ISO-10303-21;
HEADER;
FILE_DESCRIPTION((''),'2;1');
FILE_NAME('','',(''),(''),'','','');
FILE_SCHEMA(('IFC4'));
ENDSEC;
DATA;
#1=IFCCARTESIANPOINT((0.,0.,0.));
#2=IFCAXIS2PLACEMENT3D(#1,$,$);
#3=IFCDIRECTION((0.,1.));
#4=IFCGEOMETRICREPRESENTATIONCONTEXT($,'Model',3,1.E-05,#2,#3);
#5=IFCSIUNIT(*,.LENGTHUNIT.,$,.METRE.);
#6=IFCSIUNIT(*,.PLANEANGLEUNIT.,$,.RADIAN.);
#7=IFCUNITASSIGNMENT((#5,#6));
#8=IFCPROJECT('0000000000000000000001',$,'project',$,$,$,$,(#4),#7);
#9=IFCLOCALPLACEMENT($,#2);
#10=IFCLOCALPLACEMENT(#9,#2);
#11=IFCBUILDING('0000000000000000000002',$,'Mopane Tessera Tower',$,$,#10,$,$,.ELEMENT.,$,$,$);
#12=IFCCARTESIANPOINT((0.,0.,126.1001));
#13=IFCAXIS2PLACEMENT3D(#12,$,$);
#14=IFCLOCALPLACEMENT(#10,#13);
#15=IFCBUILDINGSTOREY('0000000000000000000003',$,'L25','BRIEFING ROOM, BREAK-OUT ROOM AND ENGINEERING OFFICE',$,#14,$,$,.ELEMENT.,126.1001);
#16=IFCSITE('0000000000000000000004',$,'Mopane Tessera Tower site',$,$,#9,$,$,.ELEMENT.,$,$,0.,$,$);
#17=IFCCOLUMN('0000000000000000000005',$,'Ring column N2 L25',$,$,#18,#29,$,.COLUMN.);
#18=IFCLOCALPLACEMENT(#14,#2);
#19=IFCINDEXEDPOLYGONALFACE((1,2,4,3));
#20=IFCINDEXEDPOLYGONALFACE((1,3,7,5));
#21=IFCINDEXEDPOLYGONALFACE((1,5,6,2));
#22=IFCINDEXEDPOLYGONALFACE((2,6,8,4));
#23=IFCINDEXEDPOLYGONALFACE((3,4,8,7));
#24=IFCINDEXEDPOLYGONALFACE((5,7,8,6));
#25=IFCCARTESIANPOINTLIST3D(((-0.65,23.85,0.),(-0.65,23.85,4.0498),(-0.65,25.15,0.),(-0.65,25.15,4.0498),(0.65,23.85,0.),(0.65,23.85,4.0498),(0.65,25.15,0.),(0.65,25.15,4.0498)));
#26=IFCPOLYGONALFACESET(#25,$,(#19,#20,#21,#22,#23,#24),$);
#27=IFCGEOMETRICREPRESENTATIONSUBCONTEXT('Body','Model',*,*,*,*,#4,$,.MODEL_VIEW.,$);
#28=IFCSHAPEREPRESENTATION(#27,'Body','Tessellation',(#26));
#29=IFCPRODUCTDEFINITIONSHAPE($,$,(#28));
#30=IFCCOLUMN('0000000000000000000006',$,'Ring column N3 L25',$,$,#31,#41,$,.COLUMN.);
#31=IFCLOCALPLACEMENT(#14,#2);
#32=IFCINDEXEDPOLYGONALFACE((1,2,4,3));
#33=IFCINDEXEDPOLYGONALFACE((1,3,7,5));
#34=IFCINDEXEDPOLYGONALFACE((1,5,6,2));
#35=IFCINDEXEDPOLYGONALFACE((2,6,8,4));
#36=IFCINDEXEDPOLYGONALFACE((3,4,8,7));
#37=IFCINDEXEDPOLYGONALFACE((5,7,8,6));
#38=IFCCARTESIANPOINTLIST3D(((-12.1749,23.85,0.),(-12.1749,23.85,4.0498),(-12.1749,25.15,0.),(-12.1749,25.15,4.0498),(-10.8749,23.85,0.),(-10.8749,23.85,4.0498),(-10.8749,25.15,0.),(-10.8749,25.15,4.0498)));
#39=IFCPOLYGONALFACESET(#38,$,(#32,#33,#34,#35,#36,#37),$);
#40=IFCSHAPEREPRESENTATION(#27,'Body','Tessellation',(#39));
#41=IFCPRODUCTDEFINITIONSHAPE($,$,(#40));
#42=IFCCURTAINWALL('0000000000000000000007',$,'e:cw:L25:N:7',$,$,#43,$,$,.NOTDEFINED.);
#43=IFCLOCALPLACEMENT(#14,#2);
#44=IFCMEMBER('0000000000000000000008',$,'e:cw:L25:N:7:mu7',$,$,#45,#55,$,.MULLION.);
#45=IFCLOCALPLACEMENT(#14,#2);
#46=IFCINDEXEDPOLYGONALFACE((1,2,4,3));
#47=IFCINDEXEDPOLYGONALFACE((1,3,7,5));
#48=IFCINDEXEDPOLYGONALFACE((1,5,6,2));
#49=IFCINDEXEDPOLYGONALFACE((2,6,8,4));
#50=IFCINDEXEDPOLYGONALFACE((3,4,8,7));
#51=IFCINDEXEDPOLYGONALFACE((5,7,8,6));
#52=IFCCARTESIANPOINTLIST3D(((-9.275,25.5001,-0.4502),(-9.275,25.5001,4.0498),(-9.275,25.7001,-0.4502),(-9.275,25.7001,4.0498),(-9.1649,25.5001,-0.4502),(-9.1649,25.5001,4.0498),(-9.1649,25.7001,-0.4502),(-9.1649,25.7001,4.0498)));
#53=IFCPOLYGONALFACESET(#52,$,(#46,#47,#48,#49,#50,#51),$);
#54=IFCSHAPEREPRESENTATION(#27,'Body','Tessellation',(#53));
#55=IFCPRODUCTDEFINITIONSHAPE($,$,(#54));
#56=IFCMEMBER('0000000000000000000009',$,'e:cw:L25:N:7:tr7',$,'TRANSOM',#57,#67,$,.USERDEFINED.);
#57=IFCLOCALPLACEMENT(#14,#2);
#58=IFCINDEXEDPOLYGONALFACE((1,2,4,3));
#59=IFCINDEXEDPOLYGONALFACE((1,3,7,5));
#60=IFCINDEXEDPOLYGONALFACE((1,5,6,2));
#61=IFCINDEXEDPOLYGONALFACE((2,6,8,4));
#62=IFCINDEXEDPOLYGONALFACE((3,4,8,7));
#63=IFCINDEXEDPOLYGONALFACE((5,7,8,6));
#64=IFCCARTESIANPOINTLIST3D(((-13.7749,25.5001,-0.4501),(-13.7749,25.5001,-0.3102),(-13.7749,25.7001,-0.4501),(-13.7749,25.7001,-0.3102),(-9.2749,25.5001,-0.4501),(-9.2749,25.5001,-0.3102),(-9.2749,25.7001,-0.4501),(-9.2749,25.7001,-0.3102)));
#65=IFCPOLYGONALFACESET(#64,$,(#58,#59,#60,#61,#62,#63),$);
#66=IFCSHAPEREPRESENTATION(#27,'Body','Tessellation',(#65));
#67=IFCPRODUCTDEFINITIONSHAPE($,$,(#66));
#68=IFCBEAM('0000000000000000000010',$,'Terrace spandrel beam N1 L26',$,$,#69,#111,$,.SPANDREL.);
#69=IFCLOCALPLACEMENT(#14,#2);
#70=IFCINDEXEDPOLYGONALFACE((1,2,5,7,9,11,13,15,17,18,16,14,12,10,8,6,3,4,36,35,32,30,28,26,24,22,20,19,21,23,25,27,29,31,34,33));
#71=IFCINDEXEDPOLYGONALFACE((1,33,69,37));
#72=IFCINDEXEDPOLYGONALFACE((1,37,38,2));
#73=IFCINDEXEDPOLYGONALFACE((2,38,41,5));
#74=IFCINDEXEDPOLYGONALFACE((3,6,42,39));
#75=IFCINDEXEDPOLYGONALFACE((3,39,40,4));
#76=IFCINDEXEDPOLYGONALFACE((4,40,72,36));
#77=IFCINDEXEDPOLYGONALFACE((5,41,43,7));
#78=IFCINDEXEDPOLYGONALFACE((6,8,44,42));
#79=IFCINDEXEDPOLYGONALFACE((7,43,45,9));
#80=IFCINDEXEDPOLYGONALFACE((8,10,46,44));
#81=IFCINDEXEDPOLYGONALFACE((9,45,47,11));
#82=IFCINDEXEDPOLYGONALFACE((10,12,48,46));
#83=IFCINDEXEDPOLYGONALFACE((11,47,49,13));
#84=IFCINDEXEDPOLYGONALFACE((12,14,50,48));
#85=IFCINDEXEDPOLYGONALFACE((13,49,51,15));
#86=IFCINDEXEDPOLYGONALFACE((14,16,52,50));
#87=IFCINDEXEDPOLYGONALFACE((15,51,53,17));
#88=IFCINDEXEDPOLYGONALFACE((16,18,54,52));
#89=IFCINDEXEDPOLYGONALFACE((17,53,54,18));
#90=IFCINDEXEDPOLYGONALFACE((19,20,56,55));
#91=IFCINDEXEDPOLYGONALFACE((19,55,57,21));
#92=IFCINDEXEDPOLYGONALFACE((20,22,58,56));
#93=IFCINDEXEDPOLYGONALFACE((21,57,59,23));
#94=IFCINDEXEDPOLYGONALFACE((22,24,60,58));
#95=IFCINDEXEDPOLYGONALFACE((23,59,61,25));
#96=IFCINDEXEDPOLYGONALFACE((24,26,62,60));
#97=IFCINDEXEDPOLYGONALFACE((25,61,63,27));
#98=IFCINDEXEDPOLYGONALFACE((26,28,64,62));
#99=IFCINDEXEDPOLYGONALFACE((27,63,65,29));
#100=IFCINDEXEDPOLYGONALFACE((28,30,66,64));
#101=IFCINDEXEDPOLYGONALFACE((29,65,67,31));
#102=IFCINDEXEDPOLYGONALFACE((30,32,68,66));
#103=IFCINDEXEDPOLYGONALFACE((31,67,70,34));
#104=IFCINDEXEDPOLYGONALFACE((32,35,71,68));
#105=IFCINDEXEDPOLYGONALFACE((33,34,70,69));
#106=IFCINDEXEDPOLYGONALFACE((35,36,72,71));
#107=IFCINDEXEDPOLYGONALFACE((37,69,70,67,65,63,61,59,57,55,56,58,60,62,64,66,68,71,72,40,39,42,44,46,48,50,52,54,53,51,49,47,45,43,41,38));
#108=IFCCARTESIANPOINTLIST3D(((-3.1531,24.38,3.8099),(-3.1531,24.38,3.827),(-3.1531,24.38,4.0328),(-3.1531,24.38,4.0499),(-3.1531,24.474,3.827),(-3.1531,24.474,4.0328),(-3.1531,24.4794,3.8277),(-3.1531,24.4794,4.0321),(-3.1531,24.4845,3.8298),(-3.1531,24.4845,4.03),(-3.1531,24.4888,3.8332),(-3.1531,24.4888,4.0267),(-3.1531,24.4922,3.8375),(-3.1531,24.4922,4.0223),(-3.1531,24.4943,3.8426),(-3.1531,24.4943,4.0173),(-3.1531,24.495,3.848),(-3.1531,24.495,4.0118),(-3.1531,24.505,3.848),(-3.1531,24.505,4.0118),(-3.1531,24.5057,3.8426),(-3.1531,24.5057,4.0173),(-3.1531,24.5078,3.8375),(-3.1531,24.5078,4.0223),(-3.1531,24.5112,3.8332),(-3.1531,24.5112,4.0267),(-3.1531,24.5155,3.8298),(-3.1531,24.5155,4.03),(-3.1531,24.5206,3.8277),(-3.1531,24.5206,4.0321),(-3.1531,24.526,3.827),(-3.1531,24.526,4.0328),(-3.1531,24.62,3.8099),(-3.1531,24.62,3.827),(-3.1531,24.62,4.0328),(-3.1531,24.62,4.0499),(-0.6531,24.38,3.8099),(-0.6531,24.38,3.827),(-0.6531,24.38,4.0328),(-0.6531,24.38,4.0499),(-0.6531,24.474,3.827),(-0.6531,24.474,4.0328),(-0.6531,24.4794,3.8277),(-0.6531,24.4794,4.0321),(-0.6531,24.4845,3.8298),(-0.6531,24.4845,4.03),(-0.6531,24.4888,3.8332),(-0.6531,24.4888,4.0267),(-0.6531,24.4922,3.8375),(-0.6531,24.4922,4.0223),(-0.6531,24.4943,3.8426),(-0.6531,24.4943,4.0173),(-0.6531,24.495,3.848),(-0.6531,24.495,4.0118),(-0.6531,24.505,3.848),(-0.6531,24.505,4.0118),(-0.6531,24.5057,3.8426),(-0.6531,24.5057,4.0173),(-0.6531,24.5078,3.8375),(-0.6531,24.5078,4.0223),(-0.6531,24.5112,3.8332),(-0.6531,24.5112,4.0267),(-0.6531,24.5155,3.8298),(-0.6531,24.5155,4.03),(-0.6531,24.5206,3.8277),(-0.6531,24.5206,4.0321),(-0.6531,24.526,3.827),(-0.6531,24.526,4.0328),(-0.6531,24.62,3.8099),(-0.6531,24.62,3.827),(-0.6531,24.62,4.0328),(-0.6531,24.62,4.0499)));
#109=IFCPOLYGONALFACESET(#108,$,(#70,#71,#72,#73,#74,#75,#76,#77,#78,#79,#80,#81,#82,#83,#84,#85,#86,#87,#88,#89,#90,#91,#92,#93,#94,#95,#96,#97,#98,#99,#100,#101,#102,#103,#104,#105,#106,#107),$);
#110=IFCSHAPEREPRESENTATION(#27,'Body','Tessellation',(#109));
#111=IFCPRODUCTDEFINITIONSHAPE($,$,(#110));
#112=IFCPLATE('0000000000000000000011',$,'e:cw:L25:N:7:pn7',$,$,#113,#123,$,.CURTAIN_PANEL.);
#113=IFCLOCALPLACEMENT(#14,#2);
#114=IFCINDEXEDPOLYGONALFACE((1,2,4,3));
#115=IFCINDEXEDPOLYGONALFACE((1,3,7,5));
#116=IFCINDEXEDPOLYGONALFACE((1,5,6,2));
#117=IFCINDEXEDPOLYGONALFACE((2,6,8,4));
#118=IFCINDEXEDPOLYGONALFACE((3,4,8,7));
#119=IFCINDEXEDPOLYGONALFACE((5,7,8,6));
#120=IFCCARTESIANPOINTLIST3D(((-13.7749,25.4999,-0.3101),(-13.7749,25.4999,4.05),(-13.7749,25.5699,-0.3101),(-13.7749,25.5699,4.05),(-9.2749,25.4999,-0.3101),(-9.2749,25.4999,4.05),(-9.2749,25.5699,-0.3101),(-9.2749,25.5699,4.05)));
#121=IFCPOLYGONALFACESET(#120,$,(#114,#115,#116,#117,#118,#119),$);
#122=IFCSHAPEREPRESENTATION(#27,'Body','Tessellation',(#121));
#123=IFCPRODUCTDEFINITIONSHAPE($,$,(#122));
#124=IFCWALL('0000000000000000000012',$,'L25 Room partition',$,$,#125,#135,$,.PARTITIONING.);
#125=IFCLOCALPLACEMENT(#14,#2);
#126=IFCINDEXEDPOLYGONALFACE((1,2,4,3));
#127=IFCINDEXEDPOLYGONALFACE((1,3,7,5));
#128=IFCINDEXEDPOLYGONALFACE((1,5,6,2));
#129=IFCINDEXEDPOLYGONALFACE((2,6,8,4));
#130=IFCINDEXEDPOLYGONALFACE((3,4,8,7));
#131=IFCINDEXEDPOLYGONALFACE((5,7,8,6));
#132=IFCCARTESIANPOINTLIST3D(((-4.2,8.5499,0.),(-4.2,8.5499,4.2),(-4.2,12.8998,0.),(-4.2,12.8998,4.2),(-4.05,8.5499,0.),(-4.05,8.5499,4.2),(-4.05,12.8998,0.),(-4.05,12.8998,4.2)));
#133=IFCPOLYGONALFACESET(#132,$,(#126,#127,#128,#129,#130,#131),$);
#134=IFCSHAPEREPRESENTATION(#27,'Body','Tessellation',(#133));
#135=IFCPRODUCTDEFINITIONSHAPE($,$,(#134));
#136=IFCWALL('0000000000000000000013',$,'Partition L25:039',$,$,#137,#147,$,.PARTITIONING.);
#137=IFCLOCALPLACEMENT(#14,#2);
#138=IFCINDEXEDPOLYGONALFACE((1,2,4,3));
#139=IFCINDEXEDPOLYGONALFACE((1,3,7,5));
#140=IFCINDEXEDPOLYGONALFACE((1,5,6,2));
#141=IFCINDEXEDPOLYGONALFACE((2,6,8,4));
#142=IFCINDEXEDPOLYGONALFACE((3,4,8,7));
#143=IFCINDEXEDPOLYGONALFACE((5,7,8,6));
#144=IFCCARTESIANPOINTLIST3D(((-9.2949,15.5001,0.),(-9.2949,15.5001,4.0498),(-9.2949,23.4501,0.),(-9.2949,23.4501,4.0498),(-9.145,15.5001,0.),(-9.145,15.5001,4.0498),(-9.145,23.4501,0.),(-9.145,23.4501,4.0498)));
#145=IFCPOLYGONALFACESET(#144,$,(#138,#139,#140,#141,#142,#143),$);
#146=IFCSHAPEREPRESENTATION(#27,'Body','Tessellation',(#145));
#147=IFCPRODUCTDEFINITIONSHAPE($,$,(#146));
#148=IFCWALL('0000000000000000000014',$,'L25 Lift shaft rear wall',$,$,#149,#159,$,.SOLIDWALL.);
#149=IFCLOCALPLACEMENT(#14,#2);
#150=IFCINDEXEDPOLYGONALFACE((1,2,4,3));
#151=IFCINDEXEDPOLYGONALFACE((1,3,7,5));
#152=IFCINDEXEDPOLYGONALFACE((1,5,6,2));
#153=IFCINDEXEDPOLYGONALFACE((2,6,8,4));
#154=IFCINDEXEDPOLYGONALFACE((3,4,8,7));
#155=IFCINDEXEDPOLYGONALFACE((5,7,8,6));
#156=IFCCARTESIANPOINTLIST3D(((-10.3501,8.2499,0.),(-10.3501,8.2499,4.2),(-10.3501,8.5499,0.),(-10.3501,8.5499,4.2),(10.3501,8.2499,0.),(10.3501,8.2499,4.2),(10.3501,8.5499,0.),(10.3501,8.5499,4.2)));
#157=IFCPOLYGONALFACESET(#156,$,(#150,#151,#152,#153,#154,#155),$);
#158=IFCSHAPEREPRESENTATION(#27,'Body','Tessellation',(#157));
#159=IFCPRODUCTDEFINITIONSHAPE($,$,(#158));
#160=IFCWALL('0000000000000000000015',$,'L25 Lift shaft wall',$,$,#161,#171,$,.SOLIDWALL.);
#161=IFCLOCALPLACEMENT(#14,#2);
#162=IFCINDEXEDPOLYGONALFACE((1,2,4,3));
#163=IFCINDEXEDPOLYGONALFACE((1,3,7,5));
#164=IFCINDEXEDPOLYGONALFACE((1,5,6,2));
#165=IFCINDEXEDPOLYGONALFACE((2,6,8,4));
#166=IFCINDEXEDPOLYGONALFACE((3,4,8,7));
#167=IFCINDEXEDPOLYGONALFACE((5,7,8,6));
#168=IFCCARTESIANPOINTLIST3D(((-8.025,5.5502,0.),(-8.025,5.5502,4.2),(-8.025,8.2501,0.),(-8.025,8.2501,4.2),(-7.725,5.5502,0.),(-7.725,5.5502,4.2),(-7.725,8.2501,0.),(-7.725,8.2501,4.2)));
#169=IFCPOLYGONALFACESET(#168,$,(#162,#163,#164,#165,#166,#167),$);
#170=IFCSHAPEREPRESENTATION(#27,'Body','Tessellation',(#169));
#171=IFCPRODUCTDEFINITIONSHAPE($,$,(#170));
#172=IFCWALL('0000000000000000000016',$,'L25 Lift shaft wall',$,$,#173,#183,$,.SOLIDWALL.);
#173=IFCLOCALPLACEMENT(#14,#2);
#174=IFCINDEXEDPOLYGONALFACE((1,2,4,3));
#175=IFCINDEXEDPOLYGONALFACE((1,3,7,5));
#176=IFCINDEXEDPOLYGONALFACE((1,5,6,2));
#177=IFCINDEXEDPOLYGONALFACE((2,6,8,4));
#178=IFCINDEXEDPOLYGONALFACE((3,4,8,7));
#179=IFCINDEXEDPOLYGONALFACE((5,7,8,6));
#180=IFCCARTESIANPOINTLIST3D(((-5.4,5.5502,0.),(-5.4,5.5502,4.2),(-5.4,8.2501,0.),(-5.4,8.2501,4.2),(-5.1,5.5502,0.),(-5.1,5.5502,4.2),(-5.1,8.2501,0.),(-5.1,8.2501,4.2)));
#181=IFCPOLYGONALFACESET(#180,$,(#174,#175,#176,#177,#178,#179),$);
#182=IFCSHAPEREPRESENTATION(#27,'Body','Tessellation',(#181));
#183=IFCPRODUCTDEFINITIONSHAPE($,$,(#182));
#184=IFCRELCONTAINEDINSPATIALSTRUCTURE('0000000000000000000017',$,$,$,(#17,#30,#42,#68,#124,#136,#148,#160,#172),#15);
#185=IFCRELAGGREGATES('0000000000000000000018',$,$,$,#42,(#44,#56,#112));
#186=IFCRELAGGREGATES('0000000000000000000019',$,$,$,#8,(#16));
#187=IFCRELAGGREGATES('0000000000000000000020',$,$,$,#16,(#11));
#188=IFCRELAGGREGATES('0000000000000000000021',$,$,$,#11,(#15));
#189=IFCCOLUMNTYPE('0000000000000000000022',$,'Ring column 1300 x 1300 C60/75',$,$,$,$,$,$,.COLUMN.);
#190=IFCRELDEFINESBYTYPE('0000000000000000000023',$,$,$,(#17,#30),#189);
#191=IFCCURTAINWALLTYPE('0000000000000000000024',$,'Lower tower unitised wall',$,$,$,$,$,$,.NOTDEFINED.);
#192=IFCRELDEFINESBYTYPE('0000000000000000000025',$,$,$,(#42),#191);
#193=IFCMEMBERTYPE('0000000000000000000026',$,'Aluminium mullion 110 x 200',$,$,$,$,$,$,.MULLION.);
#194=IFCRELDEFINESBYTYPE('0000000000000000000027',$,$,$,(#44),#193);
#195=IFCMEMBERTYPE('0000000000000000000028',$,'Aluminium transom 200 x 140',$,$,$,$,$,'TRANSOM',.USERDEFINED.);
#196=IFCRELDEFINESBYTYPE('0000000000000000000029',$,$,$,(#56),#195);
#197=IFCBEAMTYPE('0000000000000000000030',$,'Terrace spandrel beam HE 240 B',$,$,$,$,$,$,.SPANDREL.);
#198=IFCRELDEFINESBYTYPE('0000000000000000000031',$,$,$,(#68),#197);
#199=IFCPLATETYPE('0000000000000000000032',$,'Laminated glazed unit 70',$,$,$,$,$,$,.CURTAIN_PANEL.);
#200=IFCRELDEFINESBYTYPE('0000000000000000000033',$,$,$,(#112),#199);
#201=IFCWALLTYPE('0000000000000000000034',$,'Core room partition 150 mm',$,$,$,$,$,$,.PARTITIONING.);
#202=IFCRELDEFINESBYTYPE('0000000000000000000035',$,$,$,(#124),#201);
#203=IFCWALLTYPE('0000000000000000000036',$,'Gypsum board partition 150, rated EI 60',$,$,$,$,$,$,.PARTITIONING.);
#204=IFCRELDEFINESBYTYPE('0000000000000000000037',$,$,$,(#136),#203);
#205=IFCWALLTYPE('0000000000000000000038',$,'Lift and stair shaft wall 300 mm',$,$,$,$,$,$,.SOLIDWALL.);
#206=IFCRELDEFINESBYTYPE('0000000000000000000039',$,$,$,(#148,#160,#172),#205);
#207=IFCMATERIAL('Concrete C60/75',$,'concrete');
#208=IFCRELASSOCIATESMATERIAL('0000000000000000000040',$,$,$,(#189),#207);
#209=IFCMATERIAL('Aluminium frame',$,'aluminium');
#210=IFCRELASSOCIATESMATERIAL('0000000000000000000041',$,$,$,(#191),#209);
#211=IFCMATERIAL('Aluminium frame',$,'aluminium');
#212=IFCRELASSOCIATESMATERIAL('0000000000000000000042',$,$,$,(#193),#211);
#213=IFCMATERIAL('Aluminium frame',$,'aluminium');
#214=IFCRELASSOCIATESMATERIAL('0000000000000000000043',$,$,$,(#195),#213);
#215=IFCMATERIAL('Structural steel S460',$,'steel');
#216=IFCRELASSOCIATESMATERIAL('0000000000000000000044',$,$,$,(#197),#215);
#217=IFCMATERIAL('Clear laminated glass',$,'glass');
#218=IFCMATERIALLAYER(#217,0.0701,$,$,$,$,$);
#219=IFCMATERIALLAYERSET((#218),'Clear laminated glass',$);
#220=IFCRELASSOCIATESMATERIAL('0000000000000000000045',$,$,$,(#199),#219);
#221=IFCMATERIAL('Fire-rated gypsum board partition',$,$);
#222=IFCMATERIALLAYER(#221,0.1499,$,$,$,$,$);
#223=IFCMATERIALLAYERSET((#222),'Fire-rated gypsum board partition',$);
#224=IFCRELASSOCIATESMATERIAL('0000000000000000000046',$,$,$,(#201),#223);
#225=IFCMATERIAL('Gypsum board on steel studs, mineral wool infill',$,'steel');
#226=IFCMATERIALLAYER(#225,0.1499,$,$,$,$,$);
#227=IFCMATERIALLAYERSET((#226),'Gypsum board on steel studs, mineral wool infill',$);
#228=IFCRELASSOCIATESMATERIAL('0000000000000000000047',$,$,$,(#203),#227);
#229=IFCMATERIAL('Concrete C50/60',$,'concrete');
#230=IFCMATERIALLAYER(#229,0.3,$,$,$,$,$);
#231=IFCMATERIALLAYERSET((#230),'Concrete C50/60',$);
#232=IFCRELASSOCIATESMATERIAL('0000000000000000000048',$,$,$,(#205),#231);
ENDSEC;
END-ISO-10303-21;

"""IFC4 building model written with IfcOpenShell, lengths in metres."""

from ifc_helpers import new_model, si_unit, direction, frame, frame_2d, origin, origin_2d, place, context, subcontext, project, spatial, rectangle, i_section, extrude, material, layer, layer_set, material_profile, profile_set, type_object, element, aggregate, save


model = new_model("IFC4")

# Units and contexts
model_context = context("Model", 3, precision=1e-05, world=origin(), true_north=direction((0.0, 1.0)))
body_context = subcontext(model_context, "Body", "Model", "MODEL_VIEW")
ifc_project = project(units=[si_unit("LENGTHUNIT", "METRE"), si_unit("PLANEANGLEUNIT", "RADIAN")], contexts=[model_context])

# Site, building, storey
site_placement = place(None, origin())
site = spatial("IfcSite", under=ifc_project, at=site_placement, Name="Mopane Tessera Tower site", CompositionType="ELEMENT", RefElevation=0.0)
building_placement = place(site_placement, origin())
building = spatial("IfcBuilding", under=site, at=building_placement, Name="Mopane Tessera Tower", CompositionType="ELEMENT")
storey_placement = place(building_placement, frame((0.0, 0.0, 126.1001)))
storey = spatial("IfcBuildingStorey", under=building, at=storey_placement, Name="L25", Description="BRIEFING ROOM, BREAK-OUT ROOM AND ENGINEERING OFFICE", CompositionType="ELEMENT", Elevation=126.1001)

# Columns
ifc_material_1 = material(Name="Concrete C60/75", Category="concrete")
ifc_material_profile_1 = material_profile(ifc_material_1, rectangle(XDim=1.3, YDim=1.3, at=origin_2d()))
ifc_profile_set_1 = profile_set([ifc_material_profile_1], Name="Concrete C60/75")
column_type = type_object("IfcColumnType", Name="Ring column 1300 x 1300 C60/75", PredefinedType="COLUMN", material=ifc_profile_set_1)
for number, where, z_axis, x_axis, name in (
    (1, (0.0, 24.5, 0.0), (0.0, 0.0, 1.0), (1.0, 0.0, 0.0), "Ring column N2 L25"),
    (2, (-11.5249, 24.5, 0.0), (0.0, 0.0, 1.0), (1.0, 0.0, 0.0), "Ring column N3 L25"),
):
    element("IfcColumn", number, at=place(storey_placement, frame(where, z_axis=z_axis, x_axis=x_axis)), inside=storey, type_object=column_type, Name=name, PredefinedType="COLUMN", context=body_context, shape_type="SweptSolid", body=[
        extrude(rectangle(XDim=1.3, YDim=1.3, at=origin_2d()), origin(), (0.0, 0.0, 1.0), 4.0498),
    ])

# Curtain wall, members
ifc_material_2 = material(Name="Aluminium frame", Category="aluminium")
curtain_wall_type = type_object("IfcCurtainWallType", Name="Lower tower unitised wall", PredefinedType="NOTDEFINED", material=ifc_material_2)
curtain_wall_placement = place(storey_placement, origin())
curtain_wall = element("IfcCurtainWall", 3, at=curtain_wall_placement, inside=storey, type_object=curtain_wall_type, Name="e:cw:L25:N:7", PredefinedType="NOTDEFINED")
ifc_material_3 = material(Name="Aluminium frame", Category="aluminium")
ifc_material_profile_2 = material_profile(ifc_material_3, rectangle(XDim=0.1101, YDim=0.2, at=origin_2d()))
ifc_profile_set_2 = profile_set([ifc_material_profile_2], Name="Aluminium frame")
member_type_1 = type_object("IfcMemberType", Name="Aluminium mullion 110 x 200", PredefinedType="MULLION", material=ifc_profile_set_2)
member_1_placement = place(storey_placement, frame((-9.22, 25.6001, -0.4502), z_axis=(0.0, 0.0, 1.0), x_axis=(-1.0, 0.0, 0.0)))
member_1 = element("IfcMember", 4, at=member_1_placement, type_object=member_type_1, Name="e:cw:L25:N:7:mu7", PredefinedType="MULLION", context=body_context, shape_type="SweptSolid", body=[
    extrude(rectangle(XDim=0.1101, YDim=0.2, at=origin_2d()), origin(), (0.0, 0.0, 1.0), 4.5),
])
ifc_material_4 = material(Name="Aluminium frame", Category="aluminium")
ifc_material_profile_3 = material_profile(ifc_material_4, rectangle(XDim=0.2, YDim=0.1399, at=origin_2d()))
ifc_profile_set_3 = profile_set([ifc_material_profile_3], Name="Aluminium frame")
member_type_2 = type_object("IfcMemberType", Name="Aluminium transom 200 x 140", ElementType="TRANSOM", PredefinedType="USERDEFINED", material=ifc_profile_set_3)
member_2_placement = place(storey_placement, frame((-9.2749, 25.6001, -0.3801), z_axis=(-1.0, 0.0, 0.0), x_axis=(0.0, -1.0, 0.0)))
member_2 = element("IfcMember", 5, at=member_2_placement, type_object=member_type_2, Name="e:cw:L25:N:7:tr7", ObjectType="TRANSOM", PredefinedType="USERDEFINED", context=body_context, shape_type="SweptSolid", body=[
    extrude(rectangle(XDim=0.2, YDim=0.1399, at=origin_2d()), origin(), (0.0, 0.0, 1.0), 4.5),
])

# Beam
ifc_material_5 = material(Name="Structural steel S460", Category="steel")
ifc_material_profile_4 = material_profile(ifc_material_5, i_section(OverallWidth=0.24, OverallDepth=0.24, WebThickness=0.01, FlangeThickness=0.0171, FilletRadius=0.021, at=origin_2d()))
ifc_profile_set_4 = profile_set([ifc_material_profile_4], Name="Structural steel S460")
beam_type = type_object("IfcBeamType", Name="Terrace spandrel beam HE 240 B", PredefinedType="SPANDREL", material=ifc_profile_set_4)
beam_placement = place(storey_placement, frame((-0.6531, 24.5, 3.9299), z_axis=(-1.0, 0.0, 0.0), x_axis=(0.0, -1.0, 0.0)))
element("IfcBeam", 6, at=beam_placement, inside=storey, type_object=beam_type, Name="Terrace spandrel beam N1 L26", PredefinedType="SPANDREL", context=body_context, shape_type="SweptSolid", body=[
    extrude(i_section(OverallWidth=0.24, OverallDepth=0.24, WebThickness=0.01, FlangeThickness=0.0171, FilletRadius=0.021, at=origin_2d()), origin(), (0.0, 0.0, 1.0), 2.5),
])

# Plate
ifc_material_6 = material(Name="Clear laminated glass", Category="glass")
ifc_layer_1 = layer(ifc_material_6, 0.0701)
ifc_layer_set_1 = layer_set([ifc_layer_1], Name="Clear laminated glass")
plate_type = type_object("IfcPlateType", Name="Laminated glazed unit 70", PredefinedType="CURTAIN_PANEL", material=ifc_layer_set_1)
plate_placement = place(storey_placement, frame((-11.5249, 25.5349, -0.3101), z_axis=(0.0, 0.0, 1.0), x_axis=(-1.0, 0.0, 0.0)))
plate = element("IfcPlate", 7, at=plate_placement, type_object=plate_type, Name="e:cw:L25:N:7:pn7", PredefinedType="CURTAIN_PANEL", context=body_context, shape_type="SweptSolid", body=[
    extrude(rectangle(XDim=4.5, YDim=0.0701, at=origin_2d()), origin(), (0.0, 0.0, 1.0), 4.3601),
])
aggregate(curtain_wall, [member_1, member_2, plate])

# Walls
ifc_material_7 = material(Name="Fire-rated gypsum board partition")
ifc_layer_2 = layer(ifc_material_7, 0.1499)
ifc_layer_set_2 = layer_set([ifc_layer_2], Name="Fire-rated gypsum board partition")
wall_type_1 = type_object("IfcWallType", Name="Core room partition 150 mm", PredefinedType="PARTITIONING", material=ifc_layer_set_2)
wall_1_placement = place(storey_placement, frame((-4.125, 8.55, 0.0), z_axis=(0.0, 0.0, 1.0), x_axis=(0.0, 1.0, 0.0)))
element("IfcWall", 8, at=wall_1_placement, inside=storey, type_object=wall_type_1, Name="L25 Room partition", PredefinedType="PARTITIONING", context=body_context, shape_type="SweptSolid", body=[
    extrude(rectangle(XDim=4.3499, YDim=0.1499, at=frame_2d((2.1748, 0.0))), origin(), (0.0, 0.0, 1.0), 4.2),
])
ifc_material_8 = material(Name="Gypsum board on steel studs, mineral wool infill", Category="steel")
ifc_layer_3 = layer(ifc_material_8, 0.1499)
ifc_layer_set_3 = layer_set([ifc_layer_3], Name="Gypsum board on steel studs, mineral wool infill")
wall_type_2 = type_object("IfcWallType", Name="Gypsum board partition 150, rated EI 60", PredefinedType="PARTITIONING", material=ifc_layer_set_3)
wall_2_placement = place(storey_placement, frame((-9.22, 15.5, 0.0), z_axis=(0.0, 0.0, 1.0), x_axis=(0.0, 1.0, 0.0)))
element("IfcWall", 9, at=wall_2_placement, inside=storey, type_object=wall_type_2, Name="Partition L25:039", PredefinedType="PARTITIONING", context=body_context, shape_type="SweptSolid", body=[
    extrude(rectangle(XDim=7.95, YDim=0.1499, at=frame_2d((3.9751, 0.0))), origin(), (0.0, 0.0, 1.0), 4.0498),
])
ifc_material_9 = material(Name="Concrete C50/60", Category="concrete")
ifc_layer_4 = layer(ifc_material_9, 0.3)
ifc_layer_set_4 = layer_set([ifc_layer_4], Name="Concrete C50/60")
wall_type_3 = type_object("IfcWallType", Name="Lift and stair shaft wall 300 mm", PredefinedType="SOLIDWALL", material=ifc_layer_set_4)
wall_3_placement = place(storey_placement, frame((-10.3501, 8.3999, 0.0), z_axis=(0.0, 0.0, 1.0), x_axis=(1.0, 0.0, 0.0)))
element("IfcWall", 10, at=wall_3_placement, inside=storey, type_object=wall_type_3, Name="L25 Lift shaft rear wall", PredefinedType="SOLIDWALL", context=body_context, shape_type="SweptSolid", body=[
    extrude(rectangle(XDim=20.7002, YDim=0.3, at=frame_2d((10.3501, 0.0))), origin(), (0.0, 0.0, 1.0), 4.2),
])
for number, where, z_axis, x_axis, name in (
    (11, (-7.875, 5.55, 0.0), (0.0, 0.0, 1.0), (0.0, 1.0, 0.0), "L25 Lift shaft wall"),
    (12, (-5.25, 5.55, 0.0), (0.0, 0.0, 1.0), (0.0, 1.0, 0.0), "L25 Lift shaft wall"),
):
    element("IfcWall", number, at=place(storey_placement, frame(where, z_axis=z_axis, x_axis=x_axis)), inside=storey, type_object=wall_type_3, Name=name, PredefinedType="SOLIDWALL", context=body_context, shape_type="SweptSolid", body=[
        extrude(rectangle(XDim=2.7, YDim=0.3, at=frame_2d((1.3501, 0.0))), origin(), (0.0, 0.0, 1.0), 4.2),
    ])

save(model, "model.ifc")
